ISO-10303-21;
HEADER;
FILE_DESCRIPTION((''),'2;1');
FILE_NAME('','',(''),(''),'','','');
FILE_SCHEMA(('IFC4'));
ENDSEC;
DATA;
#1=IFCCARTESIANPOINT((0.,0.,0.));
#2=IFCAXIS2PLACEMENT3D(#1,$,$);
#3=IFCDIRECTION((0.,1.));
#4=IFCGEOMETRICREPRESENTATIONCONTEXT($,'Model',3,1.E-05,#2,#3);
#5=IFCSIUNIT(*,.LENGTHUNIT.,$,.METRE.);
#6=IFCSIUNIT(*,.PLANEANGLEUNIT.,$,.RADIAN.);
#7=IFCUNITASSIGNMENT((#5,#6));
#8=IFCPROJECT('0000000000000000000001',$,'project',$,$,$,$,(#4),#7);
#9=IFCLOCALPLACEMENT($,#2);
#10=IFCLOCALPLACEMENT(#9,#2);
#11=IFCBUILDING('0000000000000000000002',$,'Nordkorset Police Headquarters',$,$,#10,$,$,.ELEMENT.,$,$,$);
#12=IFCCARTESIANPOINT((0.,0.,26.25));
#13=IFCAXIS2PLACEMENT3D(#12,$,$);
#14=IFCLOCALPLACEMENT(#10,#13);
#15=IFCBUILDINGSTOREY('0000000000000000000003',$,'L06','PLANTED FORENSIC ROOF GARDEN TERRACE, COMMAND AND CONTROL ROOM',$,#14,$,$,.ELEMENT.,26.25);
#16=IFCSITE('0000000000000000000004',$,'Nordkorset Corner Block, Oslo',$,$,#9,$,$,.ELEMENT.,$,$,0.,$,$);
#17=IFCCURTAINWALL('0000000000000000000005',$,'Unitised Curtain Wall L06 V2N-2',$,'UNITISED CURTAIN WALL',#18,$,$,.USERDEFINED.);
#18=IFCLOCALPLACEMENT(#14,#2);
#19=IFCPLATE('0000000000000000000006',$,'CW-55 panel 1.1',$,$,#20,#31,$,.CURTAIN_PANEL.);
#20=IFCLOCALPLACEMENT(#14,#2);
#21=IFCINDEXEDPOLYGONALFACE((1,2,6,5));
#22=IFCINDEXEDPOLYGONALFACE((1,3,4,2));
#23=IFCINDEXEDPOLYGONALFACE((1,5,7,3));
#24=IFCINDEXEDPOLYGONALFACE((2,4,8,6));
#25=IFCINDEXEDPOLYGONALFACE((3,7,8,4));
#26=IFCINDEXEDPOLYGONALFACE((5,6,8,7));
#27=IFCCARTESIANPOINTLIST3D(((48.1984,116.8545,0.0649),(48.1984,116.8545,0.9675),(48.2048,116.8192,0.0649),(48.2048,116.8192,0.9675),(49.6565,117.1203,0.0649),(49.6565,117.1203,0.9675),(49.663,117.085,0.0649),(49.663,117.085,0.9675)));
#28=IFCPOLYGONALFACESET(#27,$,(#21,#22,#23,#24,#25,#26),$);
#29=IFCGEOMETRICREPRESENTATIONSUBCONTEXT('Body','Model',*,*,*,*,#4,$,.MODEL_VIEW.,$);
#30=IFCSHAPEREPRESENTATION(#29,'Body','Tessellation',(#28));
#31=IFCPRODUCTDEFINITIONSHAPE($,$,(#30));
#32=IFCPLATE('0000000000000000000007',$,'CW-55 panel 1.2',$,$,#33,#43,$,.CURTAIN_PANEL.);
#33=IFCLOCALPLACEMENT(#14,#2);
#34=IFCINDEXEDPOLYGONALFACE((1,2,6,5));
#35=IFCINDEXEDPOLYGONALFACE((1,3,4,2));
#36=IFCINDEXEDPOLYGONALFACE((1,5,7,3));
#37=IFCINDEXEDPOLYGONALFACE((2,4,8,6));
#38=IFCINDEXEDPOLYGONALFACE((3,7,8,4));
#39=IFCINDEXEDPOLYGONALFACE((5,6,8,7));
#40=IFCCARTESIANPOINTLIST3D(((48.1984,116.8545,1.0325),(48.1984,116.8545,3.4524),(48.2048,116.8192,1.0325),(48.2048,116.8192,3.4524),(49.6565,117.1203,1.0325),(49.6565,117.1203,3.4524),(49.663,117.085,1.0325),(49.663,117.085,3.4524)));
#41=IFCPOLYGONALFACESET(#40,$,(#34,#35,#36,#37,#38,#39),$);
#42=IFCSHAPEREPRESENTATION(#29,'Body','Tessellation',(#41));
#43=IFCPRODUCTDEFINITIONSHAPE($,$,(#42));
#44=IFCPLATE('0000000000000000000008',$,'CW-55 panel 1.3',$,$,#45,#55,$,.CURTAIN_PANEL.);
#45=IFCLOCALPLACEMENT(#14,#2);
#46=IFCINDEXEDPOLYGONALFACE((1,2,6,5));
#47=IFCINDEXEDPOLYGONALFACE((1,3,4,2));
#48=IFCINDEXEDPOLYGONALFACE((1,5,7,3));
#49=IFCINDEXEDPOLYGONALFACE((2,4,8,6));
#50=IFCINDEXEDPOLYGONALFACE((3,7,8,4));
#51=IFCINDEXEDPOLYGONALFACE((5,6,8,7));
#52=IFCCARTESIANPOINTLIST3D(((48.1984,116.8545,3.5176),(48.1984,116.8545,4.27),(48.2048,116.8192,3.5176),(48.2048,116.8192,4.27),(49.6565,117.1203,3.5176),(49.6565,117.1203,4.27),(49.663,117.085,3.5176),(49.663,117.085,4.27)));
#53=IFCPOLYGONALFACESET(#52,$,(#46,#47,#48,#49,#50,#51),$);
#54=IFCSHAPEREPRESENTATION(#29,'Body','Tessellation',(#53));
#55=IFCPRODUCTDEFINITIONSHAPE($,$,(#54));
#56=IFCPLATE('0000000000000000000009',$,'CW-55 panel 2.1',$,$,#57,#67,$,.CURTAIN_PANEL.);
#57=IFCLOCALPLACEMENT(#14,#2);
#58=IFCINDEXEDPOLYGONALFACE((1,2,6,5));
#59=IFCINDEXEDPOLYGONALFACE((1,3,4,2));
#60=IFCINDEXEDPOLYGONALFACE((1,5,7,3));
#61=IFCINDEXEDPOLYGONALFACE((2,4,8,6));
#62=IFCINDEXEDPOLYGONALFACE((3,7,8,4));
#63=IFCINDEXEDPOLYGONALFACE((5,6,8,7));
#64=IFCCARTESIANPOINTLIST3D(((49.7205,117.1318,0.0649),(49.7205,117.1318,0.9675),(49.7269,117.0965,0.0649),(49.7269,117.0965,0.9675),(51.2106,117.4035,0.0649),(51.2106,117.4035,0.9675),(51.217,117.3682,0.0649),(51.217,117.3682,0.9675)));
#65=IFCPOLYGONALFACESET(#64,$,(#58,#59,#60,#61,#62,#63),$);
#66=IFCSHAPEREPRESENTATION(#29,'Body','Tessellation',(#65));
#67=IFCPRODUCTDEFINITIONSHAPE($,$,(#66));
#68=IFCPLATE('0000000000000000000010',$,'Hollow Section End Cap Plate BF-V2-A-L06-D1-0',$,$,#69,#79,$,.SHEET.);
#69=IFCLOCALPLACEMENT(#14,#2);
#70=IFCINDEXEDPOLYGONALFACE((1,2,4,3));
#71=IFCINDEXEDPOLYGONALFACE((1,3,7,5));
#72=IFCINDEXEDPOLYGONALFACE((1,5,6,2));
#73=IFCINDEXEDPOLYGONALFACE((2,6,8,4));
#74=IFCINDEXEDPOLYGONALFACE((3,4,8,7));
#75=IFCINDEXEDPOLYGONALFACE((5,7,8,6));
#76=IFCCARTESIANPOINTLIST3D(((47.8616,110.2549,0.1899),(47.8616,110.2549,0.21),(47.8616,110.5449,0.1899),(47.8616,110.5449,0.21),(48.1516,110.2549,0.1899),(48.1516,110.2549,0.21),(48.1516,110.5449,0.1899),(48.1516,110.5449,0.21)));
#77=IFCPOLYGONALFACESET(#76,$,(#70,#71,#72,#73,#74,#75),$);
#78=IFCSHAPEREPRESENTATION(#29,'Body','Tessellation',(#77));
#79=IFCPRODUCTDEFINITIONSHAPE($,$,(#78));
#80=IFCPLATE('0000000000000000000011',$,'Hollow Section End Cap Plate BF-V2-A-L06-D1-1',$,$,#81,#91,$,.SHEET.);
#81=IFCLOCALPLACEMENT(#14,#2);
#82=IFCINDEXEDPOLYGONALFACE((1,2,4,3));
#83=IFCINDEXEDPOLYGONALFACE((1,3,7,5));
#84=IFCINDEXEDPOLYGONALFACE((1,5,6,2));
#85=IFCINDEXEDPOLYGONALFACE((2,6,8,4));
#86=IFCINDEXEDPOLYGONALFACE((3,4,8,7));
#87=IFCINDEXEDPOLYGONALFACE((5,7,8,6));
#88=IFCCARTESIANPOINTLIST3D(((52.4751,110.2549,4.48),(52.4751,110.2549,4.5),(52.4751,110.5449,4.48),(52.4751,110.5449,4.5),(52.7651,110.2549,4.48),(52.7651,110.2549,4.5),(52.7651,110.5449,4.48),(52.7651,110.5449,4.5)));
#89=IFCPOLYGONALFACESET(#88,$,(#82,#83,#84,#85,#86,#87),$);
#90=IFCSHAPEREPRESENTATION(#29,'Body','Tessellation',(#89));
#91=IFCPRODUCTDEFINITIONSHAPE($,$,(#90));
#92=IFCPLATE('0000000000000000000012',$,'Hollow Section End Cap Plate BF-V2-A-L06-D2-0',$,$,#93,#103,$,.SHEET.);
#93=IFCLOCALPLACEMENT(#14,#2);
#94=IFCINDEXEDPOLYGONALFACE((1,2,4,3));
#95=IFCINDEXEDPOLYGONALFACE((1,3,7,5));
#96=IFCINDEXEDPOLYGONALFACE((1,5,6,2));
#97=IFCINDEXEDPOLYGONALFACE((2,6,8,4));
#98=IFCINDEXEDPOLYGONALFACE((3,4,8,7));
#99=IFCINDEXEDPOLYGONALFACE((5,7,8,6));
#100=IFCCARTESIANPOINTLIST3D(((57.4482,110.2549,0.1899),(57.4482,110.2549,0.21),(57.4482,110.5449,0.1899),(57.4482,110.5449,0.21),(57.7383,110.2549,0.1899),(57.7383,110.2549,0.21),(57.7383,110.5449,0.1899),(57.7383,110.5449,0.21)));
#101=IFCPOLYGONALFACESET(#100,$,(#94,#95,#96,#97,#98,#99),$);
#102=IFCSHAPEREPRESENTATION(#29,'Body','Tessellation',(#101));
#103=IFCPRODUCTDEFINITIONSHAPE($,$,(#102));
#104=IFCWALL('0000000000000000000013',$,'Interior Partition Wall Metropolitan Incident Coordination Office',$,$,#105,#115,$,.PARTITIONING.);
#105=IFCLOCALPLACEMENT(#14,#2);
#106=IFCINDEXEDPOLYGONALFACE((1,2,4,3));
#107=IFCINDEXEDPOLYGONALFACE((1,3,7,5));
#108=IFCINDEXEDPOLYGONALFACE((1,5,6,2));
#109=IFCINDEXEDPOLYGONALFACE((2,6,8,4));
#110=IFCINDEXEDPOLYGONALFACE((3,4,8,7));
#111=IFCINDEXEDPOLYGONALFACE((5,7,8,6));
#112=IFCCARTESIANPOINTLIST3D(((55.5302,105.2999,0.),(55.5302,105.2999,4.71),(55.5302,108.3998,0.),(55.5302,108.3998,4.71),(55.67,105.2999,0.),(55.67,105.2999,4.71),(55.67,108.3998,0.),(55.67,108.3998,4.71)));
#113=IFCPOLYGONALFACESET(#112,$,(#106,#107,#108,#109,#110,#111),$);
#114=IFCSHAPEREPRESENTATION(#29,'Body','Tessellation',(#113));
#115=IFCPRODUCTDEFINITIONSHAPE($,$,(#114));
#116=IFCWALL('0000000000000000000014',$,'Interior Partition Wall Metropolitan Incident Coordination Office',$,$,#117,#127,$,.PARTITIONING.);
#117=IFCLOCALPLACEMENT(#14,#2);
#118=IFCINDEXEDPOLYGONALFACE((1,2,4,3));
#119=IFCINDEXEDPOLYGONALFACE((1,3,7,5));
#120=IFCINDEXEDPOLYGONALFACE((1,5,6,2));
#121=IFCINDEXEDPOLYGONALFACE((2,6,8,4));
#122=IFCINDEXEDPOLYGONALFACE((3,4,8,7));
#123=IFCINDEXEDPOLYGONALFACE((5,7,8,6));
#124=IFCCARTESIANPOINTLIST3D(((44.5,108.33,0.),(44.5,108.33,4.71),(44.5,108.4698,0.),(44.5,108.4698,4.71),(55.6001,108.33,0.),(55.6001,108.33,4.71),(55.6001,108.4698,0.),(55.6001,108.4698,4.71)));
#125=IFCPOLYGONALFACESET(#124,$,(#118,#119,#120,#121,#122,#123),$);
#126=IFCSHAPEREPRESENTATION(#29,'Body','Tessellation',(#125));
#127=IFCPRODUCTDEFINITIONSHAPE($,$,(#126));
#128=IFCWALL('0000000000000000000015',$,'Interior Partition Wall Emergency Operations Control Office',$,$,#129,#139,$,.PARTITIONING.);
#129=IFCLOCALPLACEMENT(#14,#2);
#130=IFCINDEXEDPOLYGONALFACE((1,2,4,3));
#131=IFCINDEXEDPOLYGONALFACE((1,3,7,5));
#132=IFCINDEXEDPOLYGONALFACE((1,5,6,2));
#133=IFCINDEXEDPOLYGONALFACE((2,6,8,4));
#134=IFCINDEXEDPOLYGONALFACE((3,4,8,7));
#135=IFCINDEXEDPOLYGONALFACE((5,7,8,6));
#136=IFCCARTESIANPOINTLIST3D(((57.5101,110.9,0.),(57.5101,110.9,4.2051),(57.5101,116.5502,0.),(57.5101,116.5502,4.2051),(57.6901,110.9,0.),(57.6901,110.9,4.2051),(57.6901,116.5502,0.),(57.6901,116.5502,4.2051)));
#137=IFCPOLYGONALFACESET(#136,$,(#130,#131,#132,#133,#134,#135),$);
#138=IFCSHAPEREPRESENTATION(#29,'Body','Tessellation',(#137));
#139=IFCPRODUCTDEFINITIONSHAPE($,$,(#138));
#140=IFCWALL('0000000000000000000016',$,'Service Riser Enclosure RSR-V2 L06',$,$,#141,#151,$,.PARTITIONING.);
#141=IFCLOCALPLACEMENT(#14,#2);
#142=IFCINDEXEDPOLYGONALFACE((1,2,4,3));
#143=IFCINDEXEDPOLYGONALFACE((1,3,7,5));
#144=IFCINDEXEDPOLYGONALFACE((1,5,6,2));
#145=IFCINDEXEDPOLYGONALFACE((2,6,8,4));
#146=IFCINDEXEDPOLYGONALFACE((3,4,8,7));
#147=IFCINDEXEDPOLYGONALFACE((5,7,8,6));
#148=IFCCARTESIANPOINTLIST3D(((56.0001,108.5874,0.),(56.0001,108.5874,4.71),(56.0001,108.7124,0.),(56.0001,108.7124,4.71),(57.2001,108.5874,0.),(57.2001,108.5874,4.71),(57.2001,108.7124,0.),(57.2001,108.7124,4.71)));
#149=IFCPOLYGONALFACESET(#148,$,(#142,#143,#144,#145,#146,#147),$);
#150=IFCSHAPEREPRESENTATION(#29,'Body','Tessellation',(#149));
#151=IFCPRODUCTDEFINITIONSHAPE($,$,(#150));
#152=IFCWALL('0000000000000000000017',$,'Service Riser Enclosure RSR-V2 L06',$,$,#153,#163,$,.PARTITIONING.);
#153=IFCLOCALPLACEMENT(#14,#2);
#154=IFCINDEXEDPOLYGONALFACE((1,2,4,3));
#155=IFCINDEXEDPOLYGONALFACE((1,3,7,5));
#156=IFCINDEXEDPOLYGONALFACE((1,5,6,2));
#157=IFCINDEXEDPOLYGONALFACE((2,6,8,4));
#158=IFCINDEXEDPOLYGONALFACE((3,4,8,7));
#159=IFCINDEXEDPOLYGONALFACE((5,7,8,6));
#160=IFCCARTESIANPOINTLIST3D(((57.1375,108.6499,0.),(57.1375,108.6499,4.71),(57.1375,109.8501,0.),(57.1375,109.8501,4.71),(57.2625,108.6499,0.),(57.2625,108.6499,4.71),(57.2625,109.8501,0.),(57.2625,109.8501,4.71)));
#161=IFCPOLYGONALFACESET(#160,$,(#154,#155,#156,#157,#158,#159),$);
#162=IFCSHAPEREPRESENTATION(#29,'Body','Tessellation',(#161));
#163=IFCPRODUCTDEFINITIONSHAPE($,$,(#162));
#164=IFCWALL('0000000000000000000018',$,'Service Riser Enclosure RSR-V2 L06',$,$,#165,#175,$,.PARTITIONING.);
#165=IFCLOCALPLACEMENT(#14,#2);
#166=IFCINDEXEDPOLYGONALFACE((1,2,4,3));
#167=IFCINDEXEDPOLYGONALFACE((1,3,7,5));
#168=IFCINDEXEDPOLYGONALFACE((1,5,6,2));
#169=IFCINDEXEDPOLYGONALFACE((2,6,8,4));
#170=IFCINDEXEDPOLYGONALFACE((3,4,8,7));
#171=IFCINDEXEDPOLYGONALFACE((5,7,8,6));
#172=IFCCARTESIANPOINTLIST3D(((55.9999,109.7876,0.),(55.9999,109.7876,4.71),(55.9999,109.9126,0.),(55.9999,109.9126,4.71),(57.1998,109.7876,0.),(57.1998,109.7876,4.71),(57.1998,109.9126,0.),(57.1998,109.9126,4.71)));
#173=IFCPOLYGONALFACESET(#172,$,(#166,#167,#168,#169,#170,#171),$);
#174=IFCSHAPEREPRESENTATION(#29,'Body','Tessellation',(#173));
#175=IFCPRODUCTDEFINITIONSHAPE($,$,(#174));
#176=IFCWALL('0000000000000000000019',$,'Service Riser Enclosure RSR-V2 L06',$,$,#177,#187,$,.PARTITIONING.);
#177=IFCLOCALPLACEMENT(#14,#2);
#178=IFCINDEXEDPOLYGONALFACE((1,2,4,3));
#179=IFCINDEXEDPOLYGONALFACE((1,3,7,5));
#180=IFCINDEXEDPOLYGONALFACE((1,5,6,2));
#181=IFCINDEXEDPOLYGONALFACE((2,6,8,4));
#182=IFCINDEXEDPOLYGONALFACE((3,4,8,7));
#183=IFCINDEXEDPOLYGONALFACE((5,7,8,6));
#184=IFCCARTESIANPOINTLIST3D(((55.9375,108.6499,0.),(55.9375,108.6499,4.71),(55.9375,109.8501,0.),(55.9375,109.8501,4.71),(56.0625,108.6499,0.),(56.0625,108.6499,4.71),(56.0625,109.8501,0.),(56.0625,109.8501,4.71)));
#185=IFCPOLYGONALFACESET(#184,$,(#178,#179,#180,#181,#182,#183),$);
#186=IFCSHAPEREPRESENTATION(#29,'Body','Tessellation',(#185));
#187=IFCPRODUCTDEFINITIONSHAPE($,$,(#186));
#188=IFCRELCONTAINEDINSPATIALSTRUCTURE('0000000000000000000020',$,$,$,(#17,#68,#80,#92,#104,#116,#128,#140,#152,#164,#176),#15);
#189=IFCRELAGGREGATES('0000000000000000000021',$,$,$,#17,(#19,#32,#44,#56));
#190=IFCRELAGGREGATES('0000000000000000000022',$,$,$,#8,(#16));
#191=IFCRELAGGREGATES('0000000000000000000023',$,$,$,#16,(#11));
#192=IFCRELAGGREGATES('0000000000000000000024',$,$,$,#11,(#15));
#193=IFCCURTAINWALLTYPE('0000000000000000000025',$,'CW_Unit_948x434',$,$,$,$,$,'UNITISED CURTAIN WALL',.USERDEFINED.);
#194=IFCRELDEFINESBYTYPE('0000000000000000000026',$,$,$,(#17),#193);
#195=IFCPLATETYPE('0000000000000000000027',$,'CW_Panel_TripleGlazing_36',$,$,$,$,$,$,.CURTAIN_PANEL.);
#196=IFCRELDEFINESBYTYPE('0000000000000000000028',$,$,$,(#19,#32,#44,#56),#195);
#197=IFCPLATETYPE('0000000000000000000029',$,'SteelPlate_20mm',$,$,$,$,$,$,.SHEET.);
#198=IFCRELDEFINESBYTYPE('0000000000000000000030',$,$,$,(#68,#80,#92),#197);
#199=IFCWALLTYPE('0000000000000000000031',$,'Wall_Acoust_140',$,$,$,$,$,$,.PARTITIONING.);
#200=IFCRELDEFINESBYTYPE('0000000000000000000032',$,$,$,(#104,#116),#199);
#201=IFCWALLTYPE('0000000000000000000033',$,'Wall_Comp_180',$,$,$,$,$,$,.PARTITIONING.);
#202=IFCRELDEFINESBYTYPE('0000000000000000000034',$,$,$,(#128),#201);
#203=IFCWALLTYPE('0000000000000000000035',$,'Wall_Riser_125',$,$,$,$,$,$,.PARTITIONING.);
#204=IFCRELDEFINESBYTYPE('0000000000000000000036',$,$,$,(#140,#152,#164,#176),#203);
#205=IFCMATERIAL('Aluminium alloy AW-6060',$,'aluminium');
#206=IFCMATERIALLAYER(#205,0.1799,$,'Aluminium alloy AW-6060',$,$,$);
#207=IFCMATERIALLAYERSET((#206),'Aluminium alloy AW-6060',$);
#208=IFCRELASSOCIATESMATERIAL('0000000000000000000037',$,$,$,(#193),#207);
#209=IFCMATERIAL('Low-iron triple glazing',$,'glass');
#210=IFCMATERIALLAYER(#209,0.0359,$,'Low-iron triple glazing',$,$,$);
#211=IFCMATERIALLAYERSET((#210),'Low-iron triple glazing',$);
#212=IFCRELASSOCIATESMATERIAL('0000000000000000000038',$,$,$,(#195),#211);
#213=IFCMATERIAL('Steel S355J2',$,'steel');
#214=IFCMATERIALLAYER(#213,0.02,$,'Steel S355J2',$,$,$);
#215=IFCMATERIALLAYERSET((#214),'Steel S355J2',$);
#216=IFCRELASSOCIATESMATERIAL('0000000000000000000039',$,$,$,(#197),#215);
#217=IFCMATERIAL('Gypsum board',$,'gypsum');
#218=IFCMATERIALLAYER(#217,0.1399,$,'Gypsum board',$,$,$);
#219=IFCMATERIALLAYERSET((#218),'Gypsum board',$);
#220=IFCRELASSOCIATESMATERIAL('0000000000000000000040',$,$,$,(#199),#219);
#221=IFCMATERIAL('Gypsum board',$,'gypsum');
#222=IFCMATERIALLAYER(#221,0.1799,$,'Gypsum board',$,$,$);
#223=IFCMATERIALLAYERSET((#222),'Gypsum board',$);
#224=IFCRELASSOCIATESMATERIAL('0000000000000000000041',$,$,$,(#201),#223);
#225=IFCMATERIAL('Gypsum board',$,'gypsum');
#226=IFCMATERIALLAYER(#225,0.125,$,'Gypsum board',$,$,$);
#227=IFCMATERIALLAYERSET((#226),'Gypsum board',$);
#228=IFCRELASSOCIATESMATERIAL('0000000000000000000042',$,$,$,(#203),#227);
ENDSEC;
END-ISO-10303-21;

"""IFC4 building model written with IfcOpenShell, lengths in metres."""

from ifc_helpers import new_model, si_unit, direction, frame, frame_2d, origin, origin_2d, place, context, subcontext, project, spatial, rectangle, extrude, material, layer, layer_set, type_object, element, aggregate, save


model = new_model("IFC4")

# Units and contexts
model_context = context("Model", 3, precision=1e-05, world=origin(), true_north=direction((0.0, 1.0)))
body_context = subcontext(model_context, "Body", "Model", "MODEL_VIEW")
ifc_project = project(units=[si_unit("LENGTHUNIT", "METRE"), si_unit("PLANEANGLEUNIT", "RADIAN")], contexts=[model_context])

# Site, building, storey
site_placement = place(None, origin())
site = spatial("IfcSite", under=ifc_project, at=site_placement, Name="Nordkorset Corner Block, Oslo", CompositionType="ELEMENT", RefElevation=0.0)
building_placement = place(site_placement, origin())
building = spatial("IfcBuilding", under=site, at=building_placement, Name="Nordkorset Police Headquarters", CompositionType="ELEMENT")
storey_placement = place(building_placement, frame((0.0, 0.0, 26.25)))
storey = spatial("IfcBuildingStorey", under=building, at=storey_placement, Name="L06", Description="PLANTED FORENSIC ROOF GARDEN TERRACE, COMMAND AND CONTROL ROOM", CompositionType="ELEMENT", Elevation=26.25)

# Curtain wall
ifc_material_1 = material(Name="Aluminium alloy AW-6060", Category="aluminium")
ifc_layer_1 = layer(ifc_material_1, 0.1799, Name="Aluminium alloy AW-6060")
ifc_layer_set_1 = layer_set([ifc_layer_1], Name="Aluminium alloy AW-6060")
curtain_wall_type = type_object("IfcCurtainWallType", Name="CW_Unit_948x434", ElementType="UNITISED CURTAIN WALL", PredefinedType="USERDEFINED", material=ifc_layer_set_1)
curtain_wall_placement = place(storey_placement, origin())
curtain_wall = element("IfcCurtainWall", 1, at=curtain_wall_placement, inside=storey, type_object=curtain_wall_type, Name="Unitised Curtain Wall L06 V2N-2", ObjectType="UNITISED CURTAIN WALL", PredefinedType="USERDEFINED")

# Plates
ifc_material_2 = material(Name="Low-iron triple glazing", Category="glass")
ifc_layer_2 = layer(ifc_material_2, 0.0359, Name="Low-iron triple glazing")
ifc_layer_set_2 = layer_set([ifc_layer_2], Name="Low-iron triple glazing")
plate_type_1 = type_object("IfcPlateType", Name="CW_Panel_TripleGlazing_36", PredefinedType="CURTAIN_PANEL", material=ifc_layer_set_2)
plate_1_placement = place(storey_placement, frame((48.9307, 116.9697, 0.0649), z_axis=(0.0, 0.0, 1.0), x_axis=(0.983788, 0.179336, 0.0)))
plate_1 = element("IfcPlate", 2, at=plate_1_placement, type_object=plate_type_1, Name="CW-55 panel 1.1", PredefinedType="CURTAIN_PANEL", context=body_context, shape_type="SweptSolid", body=[
    extrude(rectangle(XDim=1.4822, YDim=0.0359, at=origin_2d()), origin(), (0.0, 0.0, 1.0), 0.9026),
])
plate_2_placement = place(storey_placement, frame((48.9307, 116.9697, 1.0325), z_axis=(0.0, 0.0, 1.0), x_axis=(0.983788, 0.179336, 0.0)))
plate_2 = element("IfcPlate", 3, at=plate_2_placement, type_object=plate_type_1, Name="CW-55 panel 1.2", PredefinedType="CURTAIN_PANEL", context=body_context, shape_type="SweptSolid", body=[
    extrude(rectangle(XDim=1.4822, YDim=0.0359, at=origin_2d()), origin(), (0.0, 0.0, 1.0), 2.4199),
])
plate_3_placement = place(storey_placement, frame((48.9307, 116.9697, 3.5176), z_axis=(0.0, 0.0, 1.0), x_axis=(0.983788, 0.179336, 0.0)))
plate_3 = element("IfcPlate", 4, at=plate_3_placement, type_object=plate_type_1, Name="CW-55 panel 1.3", PredefinedType="CURTAIN_PANEL", context=body_context, shape_type="SweptSolid", body=[
    extrude(rectangle(XDim=1.4822, YDim=0.0359, at=origin_2d()), origin(), (0.0, 0.0, 1.0), 0.7524),
])
plate_4_placement = place(storey_placement, frame((50.4688, 117.25, 0.0649), z_axis=(0.0, 0.0, 1.0), x_axis=(0.983788, 0.179336, 0.0)))
plate_4 = element("IfcPlate", 5, at=plate_4_placement, type_object=plate_type_1, Name="CW-55 panel 2.1", PredefinedType="CURTAIN_PANEL", context=body_context, shape_type="SweptSolid", body=[
    extrude(rectangle(XDim=1.5146, YDim=0.0359, at=origin_2d()), origin(), (0.0, 0.0, 1.0), 0.9026),
])
aggregate(curtain_wall, [plate_1, plate_2, plate_3, plate_4])

# Plates
ifc_material_3 = material(Name="Steel S355J2", Category="steel")
ifc_layer_3 = layer(ifc_material_3, 0.02, Name="Steel S355J2")
ifc_layer_set_3 = layer_set([ifc_layer_3], Name="Steel S355J2")
plate_type_2 = type_object("IfcPlateType", Name="SteelPlate_20mm", PredefinedType="SHEET", material=ifc_layer_set_3)
for number, where, z_axis, x_axis, name in (
    (6, (48.0066, 110.3999, 0.1899), (0.0, 0.0, 1.0), (1.0, 0.0, 0.0), "Hollow Section End Cap Plate BF-V2-A-L06-D1-0"),
    (7, (52.6201, 110.3999, 4.48), (0.0, 0.0, 1.0), (1.0, 0.0, 0.0), "Hollow Section End Cap Plate BF-V2-A-L06-D1-1"),
    (8, (57.5933, 110.3999, 0.1899), (0.0, 0.0, 1.0), (1.0, 0.0, 0.0), "Hollow Section End Cap Plate BF-V2-A-L06-D2-0"),
):
    element("IfcPlate", number, at=place(storey_placement, frame(where, z_axis=z_axis, x_axis=x_axis)), inside=storey, type_object=plate_type_2, Name=name, PredefinedType="SHEET", context=body_context, shape_type="SweptSolid", body=[
        extrude(rectangle(XDim=0.29, YDim=0.29, at=origin_2d()), origin(), (0.0, 0.0, 1.0), 0.02),
    ])

# Walls
ifc_material_4 = material(Name="Gypsum board", Category="gypsum")
ifc_layer_4 = layer(ifc_material_4, 0.1399, Name="Gypsum board")
ifc_layer_set_4 = layer_set([ifc_layer_4], Name="Gypsum board")
wall_type_1 = type_object("IfcWallType", Name="Wall_Acoust_140", PredefinedType="PARTITIONING", material=ifc_layer_set_4)
wall_1_placement = place(storey_placement, frame((55.6001, 105.3, 0.0), z_axis=(0.0, 0.0, 1.0), x_axis=(0.0, 1.0, 0.0)))
element("IfcWall", 9, at=wall_1_placement, inside=storey, type_object=wall_type_1, Name="Interior Partition Wall Metropolitan Incident Coordination Office", PredefinedType="PARTITIONING", context=body_context, shape_type="SweptSolid", body=[
    extrude(rectangle(XDim=3.0999, YDim=0.1399, at=frame_2d((1.5498, 0.0))), origin(), (0.0, 0.0, 1.0), 4.71),
])
wall_2_placement = place(storey_placement, frame((55.6001, 108.3999, 0.0), z_axis=(0.0, 0.0, 1.0), x_axis=(-1.0, 0.0, 0.0)))
element("IfcWall", 10, at=wall_2_placement, inside=storey, type_object=wall_type_1, Name="Interior Partition Wall Metropolitan Incident Coordination Office", PredefinedType="PARTITIONING", context=body_context, shape_type="SweptSolid", body=[
    extrude(rectangle(XDim=11.1001, YDim=0.1399, at=frame_2d((5.55, 0.0))), origin(), (0.0, 0.0, 1.0), 4.71),
])
ifc_material_5 = material(Name="Gypsum board", Category="gypsum")
ifc_layer_5 = layer(ifc_material_5, 0.1799, Name="Gypsum board")
ifc_layer_set_5 = layer_set([ifc_layer_5], Name="Gypsum board")
wall_type_2 = type_object("IfcWallType", Name="Wall_Comp_180", PredefinedType="PARTITIONING", material=ifc_layer_set_5)
wall_3_placement = place(storey_placement, frame((57.6001, 110.8999, 0.0), z_axis=(0.0, 0.0, 1.0), x_axis=(0.0, 1.0, 0.0)))
element("IfcWall", 11, at=wall_3_placement, inside=storey, type_object=wall_type_2, Name="Interior Partition Wall Emergency Operations Control Office", PredefinedType="PARTITIONING", context=body_context, shape_type="SweptSolid", body=[
    extrude(rectangle(XDim=5.6501, YDim=0.1799, at=frame_2d((2.8252, 0.0))), origin(), (0.0, 0.0, 1.0), 4.2051),
])
ifc_material_6 = material(Name="Gypsum board", Category="gypsum")
ifc_layer_6 = layer(ifc_material_6, 0.125, Name="Gypsum board")
ifc_layer_set_6 = layer_set([ifc_layer_6], Name="Gypsum board")
wall_type_3 = type_object("IfcWallType", Name="Wall_Riser_125", PredefinedType="PARTITIONING", material=ifc_layer_set_6)
wall_4_placement = place(storey_placement, frame((56.0, 108.6499, 0.0), z_axis=(0.0, 0.0, 1.0), x_axis=(1.0, 0.0, 0.0)))
element("IfcWall", 12, at=wall_4_placement, inside=storey, type_object=wall_type_3, Name="Service Riser Enclosure RSR-V2 L06", PredefinedType="PARTITIONING", context=body_context, shape_type="SweptSolid", body=[
    extrude(rectangle(XDim=1.2, YDim=0.125, at=frame_2d((0.6001, 0.0))), origin(), (0.0, 0.0, 1.0), 4.71),
])
wall_5_placement = place(storey_placement, frame((57.2, 108.6499, 0.0), z_axis=(0.0, 0.0, 1.0), x_axis=(0.0, 1.0, 0.0)))
element("IfcWall", 13, at=wall_5_placement, inside=storey, type_object=wall_type_3, Name="Service Riser Enclosure RSR-V2 L06", PredefinedType="PARTITIONING", context=body_context, shape_type="SweptSolid", body=[
    extrude(rectangle(XDim=1.2002, YDim=0.125, at=frame_2d((0.6001, 0.0))), origin(), (0.0, 0.0, 1.0), 4.71),
])
wall_6_placement = place(storey_placement, frame((57.2, 109.8501, 0.0), z_axis=(0.0, 0.0, 1.0), x_axis=(-1.0, 0.0, 0.0)))
element("IfcWall", 14, at=wall_6_placement, inside=storey, type_object=wall_type_3, Name="Service Riser Enclosure RSR-V2 L06", PredefinedType="PARTITIONING", context=body_context, shape_type="SweptSolid", body=[
    extrude(rectangle(XDim=1.2, YDim=0.125, at=frame_2d((0.6001, 0.0))), origin(), (0.0, 0.0, 1.0), 4.71),
])
wall_7_placement = place(storey_placement, frame((56.0, 109.8501, 0.0), z_axis=(0.0, 0.0, 1.0), x_axis=(0.0, -1.0, 0.0)))
element("IfcWall", 15, at=wall_7_placement, inside=storey, type_object=wall_type_3, Name="Service Riser Enclosure RSR-V2 L06", PredefinedType="PARTITIONING", context=body_context, shape_type="SweptSolid", body=[
    extrude(rectangle(XDim=1.2002, YDim=0.125, at=frame_2d((0.6001, 0.0))), origin(), (0.0, 0.0, 1.0), 4.71),
])

save(model, "model.ifc")
